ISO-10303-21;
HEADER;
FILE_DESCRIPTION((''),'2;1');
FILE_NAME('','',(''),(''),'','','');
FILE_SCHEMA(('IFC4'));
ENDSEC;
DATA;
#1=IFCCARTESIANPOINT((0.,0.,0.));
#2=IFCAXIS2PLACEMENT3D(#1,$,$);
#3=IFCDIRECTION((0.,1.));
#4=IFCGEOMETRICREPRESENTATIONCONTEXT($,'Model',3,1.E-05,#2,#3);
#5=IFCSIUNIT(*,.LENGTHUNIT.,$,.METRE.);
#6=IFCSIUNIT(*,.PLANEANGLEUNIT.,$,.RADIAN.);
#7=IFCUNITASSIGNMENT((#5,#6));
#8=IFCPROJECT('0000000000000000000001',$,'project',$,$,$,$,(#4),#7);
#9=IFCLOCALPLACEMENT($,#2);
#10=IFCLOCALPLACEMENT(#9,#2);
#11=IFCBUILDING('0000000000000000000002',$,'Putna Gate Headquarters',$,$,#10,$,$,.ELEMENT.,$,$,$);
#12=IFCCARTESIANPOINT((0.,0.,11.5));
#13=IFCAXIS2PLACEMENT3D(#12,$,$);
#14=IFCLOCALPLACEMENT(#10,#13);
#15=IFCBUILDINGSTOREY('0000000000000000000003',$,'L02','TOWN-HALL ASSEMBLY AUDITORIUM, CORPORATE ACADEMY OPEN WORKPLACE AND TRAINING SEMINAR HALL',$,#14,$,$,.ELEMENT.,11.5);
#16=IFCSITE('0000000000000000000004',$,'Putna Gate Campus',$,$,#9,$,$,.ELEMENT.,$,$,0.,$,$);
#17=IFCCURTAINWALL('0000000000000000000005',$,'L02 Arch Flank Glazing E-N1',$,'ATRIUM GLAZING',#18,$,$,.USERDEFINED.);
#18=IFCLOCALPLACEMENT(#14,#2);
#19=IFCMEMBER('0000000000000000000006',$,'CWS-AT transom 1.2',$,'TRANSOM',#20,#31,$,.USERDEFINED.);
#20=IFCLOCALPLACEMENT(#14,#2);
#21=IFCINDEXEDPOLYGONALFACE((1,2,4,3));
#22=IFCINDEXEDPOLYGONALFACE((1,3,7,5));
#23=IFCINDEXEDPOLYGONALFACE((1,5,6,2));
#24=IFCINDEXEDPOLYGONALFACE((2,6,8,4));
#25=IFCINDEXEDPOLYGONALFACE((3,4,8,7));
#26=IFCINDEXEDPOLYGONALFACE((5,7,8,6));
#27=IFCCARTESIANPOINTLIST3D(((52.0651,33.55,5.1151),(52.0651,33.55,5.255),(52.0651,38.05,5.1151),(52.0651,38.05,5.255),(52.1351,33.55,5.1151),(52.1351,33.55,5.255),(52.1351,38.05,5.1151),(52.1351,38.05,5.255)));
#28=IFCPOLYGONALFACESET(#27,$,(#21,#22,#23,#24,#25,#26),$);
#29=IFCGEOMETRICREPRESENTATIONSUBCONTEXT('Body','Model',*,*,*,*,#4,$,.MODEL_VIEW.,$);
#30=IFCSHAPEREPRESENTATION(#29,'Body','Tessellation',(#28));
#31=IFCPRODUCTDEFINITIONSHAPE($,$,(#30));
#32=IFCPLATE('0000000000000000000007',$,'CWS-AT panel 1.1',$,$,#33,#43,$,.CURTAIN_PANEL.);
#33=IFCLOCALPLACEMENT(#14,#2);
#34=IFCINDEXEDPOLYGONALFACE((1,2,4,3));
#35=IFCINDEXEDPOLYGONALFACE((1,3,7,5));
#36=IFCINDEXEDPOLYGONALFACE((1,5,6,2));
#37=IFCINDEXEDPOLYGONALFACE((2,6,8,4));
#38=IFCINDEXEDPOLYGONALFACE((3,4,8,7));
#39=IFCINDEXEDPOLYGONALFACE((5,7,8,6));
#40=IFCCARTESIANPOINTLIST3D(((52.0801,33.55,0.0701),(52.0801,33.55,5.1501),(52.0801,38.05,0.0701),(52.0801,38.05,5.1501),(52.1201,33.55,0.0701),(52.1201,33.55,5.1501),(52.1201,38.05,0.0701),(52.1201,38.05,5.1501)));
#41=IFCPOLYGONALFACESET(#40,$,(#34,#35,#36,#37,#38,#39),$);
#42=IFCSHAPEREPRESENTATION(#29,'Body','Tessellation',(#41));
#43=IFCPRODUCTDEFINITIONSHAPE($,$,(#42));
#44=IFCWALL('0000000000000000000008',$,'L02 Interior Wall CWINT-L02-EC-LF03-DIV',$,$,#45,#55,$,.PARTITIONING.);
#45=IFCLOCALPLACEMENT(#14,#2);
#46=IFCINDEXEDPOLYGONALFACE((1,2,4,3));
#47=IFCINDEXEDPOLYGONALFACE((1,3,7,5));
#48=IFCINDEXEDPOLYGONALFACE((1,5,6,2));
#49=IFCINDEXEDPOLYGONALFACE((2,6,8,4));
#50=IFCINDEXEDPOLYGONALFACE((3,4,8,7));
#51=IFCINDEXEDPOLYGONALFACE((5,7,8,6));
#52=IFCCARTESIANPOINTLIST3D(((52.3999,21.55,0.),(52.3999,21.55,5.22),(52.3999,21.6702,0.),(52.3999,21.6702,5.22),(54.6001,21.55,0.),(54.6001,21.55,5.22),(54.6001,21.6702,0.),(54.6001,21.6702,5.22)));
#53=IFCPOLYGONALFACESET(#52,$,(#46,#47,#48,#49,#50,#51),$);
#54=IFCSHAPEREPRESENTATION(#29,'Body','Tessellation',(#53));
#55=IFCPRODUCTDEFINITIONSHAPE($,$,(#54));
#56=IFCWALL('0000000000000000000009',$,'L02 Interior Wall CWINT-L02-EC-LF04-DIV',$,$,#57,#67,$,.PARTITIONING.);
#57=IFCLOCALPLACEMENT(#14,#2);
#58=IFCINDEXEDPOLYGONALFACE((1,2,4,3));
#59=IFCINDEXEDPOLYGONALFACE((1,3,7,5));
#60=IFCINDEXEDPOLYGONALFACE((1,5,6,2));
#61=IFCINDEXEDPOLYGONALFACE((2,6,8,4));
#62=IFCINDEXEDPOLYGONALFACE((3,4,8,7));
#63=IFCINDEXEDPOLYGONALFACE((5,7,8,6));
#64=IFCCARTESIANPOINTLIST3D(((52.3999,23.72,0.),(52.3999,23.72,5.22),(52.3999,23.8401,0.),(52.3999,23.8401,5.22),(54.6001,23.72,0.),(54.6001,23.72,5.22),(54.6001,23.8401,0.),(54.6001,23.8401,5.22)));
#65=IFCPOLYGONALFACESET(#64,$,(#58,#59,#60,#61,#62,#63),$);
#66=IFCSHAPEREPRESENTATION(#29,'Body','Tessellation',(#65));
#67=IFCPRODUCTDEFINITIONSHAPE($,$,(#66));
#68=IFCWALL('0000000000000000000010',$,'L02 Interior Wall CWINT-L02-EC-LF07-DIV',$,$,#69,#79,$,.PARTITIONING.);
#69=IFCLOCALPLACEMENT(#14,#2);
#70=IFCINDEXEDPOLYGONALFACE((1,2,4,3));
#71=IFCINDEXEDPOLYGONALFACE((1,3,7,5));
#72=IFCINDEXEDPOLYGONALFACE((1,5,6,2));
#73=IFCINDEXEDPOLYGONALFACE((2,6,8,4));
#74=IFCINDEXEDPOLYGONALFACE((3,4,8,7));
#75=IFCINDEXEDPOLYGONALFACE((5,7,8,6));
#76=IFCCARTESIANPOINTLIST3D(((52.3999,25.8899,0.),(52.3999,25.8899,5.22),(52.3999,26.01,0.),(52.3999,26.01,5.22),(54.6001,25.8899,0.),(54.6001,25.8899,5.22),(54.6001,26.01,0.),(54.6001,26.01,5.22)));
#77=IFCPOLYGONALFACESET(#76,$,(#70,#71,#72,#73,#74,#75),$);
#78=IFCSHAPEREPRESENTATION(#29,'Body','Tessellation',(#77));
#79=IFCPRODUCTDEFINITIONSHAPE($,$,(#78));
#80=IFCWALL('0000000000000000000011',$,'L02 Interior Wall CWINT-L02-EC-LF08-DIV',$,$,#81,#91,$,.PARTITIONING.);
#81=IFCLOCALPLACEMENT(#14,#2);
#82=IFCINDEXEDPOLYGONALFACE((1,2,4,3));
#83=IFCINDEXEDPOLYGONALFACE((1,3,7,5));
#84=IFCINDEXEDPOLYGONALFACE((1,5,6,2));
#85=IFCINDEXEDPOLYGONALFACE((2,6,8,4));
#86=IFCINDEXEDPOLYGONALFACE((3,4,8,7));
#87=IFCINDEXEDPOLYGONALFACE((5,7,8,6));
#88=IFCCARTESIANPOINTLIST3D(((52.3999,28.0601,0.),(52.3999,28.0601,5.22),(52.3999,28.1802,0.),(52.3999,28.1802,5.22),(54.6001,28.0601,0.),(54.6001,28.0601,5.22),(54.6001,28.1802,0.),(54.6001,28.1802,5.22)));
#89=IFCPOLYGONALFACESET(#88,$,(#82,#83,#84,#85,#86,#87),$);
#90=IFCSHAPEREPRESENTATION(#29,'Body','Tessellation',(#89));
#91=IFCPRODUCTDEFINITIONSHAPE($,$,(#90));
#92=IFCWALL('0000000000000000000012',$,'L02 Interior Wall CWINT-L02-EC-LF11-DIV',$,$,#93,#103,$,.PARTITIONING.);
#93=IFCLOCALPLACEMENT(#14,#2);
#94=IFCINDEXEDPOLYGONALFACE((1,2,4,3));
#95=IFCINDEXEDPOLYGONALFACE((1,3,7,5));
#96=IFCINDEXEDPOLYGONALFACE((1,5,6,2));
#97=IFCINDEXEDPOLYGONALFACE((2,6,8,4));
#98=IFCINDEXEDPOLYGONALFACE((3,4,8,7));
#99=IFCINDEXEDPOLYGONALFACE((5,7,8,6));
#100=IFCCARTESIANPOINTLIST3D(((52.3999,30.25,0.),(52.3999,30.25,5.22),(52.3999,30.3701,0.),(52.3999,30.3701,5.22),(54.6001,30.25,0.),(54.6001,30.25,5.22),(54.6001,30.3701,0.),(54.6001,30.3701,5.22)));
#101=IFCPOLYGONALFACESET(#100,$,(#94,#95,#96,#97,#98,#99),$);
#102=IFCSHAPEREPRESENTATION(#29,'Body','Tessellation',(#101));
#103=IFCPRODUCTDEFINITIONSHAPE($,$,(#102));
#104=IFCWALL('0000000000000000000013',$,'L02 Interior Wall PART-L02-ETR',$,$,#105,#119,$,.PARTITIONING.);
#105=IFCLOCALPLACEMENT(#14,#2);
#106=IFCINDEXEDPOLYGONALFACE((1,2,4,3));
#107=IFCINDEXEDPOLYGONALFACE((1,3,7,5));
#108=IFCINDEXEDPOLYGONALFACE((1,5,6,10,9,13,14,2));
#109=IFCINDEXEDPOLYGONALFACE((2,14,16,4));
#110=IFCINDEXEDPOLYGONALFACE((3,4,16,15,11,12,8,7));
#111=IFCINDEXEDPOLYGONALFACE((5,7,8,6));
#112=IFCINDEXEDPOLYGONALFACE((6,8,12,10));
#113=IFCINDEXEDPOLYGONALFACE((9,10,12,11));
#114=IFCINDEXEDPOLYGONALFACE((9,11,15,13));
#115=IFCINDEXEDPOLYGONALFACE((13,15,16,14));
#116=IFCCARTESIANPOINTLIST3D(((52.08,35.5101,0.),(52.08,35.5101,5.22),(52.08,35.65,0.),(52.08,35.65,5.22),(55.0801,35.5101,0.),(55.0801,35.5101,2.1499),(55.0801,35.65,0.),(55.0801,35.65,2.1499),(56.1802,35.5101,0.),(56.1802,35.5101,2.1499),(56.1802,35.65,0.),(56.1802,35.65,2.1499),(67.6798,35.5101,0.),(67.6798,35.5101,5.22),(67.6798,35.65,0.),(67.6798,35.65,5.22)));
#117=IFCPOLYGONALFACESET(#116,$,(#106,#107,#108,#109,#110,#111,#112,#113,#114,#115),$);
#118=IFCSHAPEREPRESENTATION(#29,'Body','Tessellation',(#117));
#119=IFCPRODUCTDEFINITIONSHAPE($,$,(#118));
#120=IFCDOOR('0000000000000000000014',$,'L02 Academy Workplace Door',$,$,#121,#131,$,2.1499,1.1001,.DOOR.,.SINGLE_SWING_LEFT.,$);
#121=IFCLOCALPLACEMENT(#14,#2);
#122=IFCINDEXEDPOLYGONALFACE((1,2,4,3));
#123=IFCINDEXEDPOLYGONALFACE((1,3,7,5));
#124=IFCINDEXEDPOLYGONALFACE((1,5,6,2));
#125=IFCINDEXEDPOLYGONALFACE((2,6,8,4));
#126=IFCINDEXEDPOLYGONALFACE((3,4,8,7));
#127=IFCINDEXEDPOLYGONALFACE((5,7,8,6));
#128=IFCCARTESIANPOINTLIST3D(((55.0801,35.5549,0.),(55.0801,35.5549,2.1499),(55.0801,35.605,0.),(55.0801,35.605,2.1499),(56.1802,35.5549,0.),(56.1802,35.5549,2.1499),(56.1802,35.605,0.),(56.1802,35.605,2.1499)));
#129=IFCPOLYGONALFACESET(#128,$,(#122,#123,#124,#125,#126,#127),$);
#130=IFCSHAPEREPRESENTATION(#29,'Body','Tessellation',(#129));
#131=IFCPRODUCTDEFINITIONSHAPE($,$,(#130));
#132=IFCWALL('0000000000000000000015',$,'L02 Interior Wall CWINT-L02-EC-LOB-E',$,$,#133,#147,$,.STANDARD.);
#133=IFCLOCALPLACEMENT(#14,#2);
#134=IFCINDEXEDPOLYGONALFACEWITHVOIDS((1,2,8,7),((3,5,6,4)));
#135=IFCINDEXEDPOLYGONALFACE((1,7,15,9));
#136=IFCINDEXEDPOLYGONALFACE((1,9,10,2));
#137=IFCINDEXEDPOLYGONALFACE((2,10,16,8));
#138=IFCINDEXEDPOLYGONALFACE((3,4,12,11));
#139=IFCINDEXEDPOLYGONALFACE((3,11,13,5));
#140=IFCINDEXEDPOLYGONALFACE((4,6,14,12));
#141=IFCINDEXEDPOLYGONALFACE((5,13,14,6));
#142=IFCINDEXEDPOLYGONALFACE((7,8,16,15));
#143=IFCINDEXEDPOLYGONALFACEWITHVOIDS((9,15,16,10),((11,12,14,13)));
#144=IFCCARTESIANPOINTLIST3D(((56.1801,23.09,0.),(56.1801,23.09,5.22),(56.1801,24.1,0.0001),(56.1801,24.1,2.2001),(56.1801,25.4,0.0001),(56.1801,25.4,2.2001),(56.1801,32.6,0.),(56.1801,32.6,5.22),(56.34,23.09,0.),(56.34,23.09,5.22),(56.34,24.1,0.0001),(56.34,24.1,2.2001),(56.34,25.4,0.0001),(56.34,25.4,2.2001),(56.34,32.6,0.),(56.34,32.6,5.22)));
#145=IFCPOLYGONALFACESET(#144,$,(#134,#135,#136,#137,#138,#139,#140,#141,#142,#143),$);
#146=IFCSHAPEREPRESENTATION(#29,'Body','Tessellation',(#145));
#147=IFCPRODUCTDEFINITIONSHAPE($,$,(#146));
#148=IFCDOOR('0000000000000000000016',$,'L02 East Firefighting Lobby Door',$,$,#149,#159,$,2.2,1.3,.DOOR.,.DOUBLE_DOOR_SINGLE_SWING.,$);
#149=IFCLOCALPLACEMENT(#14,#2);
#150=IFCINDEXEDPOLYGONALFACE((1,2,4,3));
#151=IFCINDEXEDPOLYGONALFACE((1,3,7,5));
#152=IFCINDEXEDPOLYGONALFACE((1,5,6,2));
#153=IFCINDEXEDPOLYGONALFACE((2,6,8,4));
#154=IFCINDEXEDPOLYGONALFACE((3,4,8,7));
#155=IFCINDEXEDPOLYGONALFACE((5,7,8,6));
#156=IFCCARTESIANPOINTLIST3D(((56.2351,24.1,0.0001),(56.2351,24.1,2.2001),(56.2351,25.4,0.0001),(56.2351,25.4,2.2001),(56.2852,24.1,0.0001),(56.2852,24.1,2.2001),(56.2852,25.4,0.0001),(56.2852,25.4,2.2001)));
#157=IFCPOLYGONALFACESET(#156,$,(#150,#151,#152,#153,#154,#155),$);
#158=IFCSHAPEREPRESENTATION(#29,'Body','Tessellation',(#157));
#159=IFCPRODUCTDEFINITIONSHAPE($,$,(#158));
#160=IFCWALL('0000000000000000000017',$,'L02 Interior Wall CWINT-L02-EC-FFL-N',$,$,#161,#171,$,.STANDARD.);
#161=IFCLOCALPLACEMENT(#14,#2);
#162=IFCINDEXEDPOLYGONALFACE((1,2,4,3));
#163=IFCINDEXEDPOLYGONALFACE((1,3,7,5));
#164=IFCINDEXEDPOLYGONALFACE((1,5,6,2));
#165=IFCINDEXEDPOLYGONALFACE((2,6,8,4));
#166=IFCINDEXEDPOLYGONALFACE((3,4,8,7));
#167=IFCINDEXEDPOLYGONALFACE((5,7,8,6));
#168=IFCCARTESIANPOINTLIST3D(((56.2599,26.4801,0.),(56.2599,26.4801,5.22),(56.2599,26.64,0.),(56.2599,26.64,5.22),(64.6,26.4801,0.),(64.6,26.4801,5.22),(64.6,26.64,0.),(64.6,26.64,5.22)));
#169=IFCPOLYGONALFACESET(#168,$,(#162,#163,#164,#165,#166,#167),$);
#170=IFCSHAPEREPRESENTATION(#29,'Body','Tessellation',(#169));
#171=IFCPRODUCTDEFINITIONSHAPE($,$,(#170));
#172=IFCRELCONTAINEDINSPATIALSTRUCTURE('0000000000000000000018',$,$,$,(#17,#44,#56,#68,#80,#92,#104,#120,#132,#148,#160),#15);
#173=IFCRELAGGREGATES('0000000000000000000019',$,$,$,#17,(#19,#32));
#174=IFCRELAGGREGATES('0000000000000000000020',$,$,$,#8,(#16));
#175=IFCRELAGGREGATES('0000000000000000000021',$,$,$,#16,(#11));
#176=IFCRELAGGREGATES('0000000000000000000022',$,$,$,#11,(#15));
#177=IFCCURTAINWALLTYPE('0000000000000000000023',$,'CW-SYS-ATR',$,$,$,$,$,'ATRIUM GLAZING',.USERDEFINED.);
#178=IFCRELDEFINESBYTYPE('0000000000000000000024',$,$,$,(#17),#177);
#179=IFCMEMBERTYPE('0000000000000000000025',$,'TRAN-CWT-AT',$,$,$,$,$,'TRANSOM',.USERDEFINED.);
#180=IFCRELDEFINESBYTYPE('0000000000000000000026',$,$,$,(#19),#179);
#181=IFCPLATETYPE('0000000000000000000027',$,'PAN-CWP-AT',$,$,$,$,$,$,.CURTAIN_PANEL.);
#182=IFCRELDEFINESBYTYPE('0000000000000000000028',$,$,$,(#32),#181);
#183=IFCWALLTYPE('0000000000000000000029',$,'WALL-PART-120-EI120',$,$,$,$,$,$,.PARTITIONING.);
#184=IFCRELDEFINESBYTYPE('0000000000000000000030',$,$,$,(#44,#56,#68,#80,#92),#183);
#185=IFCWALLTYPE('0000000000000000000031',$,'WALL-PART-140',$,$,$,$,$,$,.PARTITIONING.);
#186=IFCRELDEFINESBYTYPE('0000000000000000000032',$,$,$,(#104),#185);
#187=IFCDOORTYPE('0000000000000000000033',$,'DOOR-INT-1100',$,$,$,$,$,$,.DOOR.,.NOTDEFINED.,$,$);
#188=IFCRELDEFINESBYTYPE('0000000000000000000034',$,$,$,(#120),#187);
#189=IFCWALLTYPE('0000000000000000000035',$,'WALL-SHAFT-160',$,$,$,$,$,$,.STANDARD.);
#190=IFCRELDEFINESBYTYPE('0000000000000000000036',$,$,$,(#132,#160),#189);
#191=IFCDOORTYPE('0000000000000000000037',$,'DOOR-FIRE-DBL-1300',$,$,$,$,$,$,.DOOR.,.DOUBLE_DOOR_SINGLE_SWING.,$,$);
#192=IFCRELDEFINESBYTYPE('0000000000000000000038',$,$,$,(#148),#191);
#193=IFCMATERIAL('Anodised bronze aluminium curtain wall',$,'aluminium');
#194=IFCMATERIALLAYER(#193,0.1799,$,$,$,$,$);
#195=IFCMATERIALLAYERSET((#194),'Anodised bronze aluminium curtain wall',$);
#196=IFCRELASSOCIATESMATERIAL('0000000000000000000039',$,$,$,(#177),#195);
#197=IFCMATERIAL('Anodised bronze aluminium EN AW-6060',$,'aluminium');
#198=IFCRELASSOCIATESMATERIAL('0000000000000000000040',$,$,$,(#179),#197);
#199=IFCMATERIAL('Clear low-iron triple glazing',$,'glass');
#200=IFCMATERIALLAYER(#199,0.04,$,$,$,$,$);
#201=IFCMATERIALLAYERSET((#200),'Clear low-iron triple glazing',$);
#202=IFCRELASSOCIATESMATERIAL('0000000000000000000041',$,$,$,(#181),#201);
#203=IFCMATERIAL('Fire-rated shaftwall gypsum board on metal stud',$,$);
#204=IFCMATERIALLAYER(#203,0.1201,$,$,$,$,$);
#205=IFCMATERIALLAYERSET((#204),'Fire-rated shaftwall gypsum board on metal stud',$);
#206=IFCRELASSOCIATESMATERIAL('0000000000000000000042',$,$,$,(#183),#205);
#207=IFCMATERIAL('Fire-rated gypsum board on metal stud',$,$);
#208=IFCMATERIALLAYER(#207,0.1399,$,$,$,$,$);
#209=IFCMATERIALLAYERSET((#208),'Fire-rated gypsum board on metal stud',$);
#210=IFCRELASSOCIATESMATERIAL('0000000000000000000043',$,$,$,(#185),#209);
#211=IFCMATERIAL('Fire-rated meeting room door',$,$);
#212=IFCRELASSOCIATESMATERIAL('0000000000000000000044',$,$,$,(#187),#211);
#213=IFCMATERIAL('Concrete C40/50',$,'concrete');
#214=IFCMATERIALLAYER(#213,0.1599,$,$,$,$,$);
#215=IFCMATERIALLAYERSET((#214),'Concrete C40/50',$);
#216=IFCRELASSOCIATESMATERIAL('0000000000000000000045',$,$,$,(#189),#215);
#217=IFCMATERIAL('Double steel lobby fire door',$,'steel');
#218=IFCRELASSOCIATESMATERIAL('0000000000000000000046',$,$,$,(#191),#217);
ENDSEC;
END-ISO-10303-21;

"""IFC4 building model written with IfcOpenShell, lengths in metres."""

from ifc_helpers import new_model, si_unit, direction, frame, frame_2d, origin, origin_2d, place, context, subcontext, project, spatial, rectangle, extrude, material, layer, layer_set, material_profile, profile_set, type_object, element, fill, aggregate, save


model = new_model("IFC4")

# Units and contexts
model_context = context("Model", 3, precision=1e-05, world=origin(), true_north=direction((0.0, 1.0)))
body_context = subcontext(model_context, "Body", "Model", "MODEL_VIEW")
ifc_project = project(units=[si_unit("LENGTHUNIT", "METRE"), si_unit("PLANEANGLEUNIT", "RADIAN")], contexts=[model_context])

# Site, building, storey
site_placement = place(None, origin())
site = spatial("IfcSite", under=ifc_project, at=site_placement, Name="Putna Gate Campus", CompositionType="ELEMENT", RefElevation=0.0)
building_placement = place(site_placement, origin())
building = spatial("IfcBuilding", under=site, at=building_placement, Name="Putna Gate Headquarters", CompositionType="ELEMENT")
storey_placement = place(building_placement, frame((0.0, 0.0, 11.5)))
storey = spatial("IfcBuildingStorey", under=building, at=storey_placement, Name="L02", Description="TOWN-HALL ASSEMBLY AUDITORIUM, CORPORATE ACADEMY OPEN WORKPLACE AND TRAINING SEMINAR HALL", CompositionType="ELEMENT", Elevation=11.5)

# Curtain wall, member, plate
ifc_material_1 = material(Name="Anodised bronze aluminium curtain wall", Category="aluminium")
ifc_layer_1 = layer(ifc_material_1, 0.1799)
ifc_layer_set_1 = layer_set([ifc_layer_1], Name="Anodised bronze aluminium curtain wall")
curtain_wall_type = type_object("IfcCurtainWallType", Name="CW-SYS-ATR", ElementType="ATRIUM GLAZING", PredefinedType="USERDEFINED", material=ifc_layer_set_1)
curtain_wall_placement = place(storey_placement, origin())
curtain_wall = element("IfcCurtainWall", 1, at=curtain_wall_placement, inside=storey, type_object=curtain_wall_type, Name="L02 Arch Flank Glazing E-N1", ObjectType="ATRIUM GLAZING", PredefinedType="USERDEFINED")
ifc_material_2 = material(Name="Anodised bronze aluminium EN AW-6060", Category="aluminium")
ifc_material_profile_1 = material_profile(ifc_material_2, rectangle(XDim=0.0701, YDim=0.1399, at=origin_2d()), Name="Anodised bronze aluminium EN AW-6060")
ifc_profile_set_1 = profile_set([ifc_material_profile_1], Name="Anodised bronze aluminium EN AW-6060")
member_type_1 = type_object("IfcMemberType", Name="TRAN-CWT-AT", ElementType="TRANSOM", PredefinedType="USERDEFINED", material=ifc_profile_set_1)
member_1_placement = place(storey_placement, frame((52.1001, 33.55, 5.1851), z_axis=(0.0, 1.0, 0.0), x_axis=(-1.0, 0.0, 0.0)))
member_1 = element("IfcMember", 2, at=member_1_placement, type_object=member_type_1, Name="CWS-AT transom 1.2", ObjectType="TRANSOM", PredefinedType="USERDEFINED", context=body_context, shape_type="SweptSolid", body=[
    extrude(rectangle(XDim=0.0701, YDim=0.1399, at=origin_2d()), origin(), (0.0, 0.0, 1.0), 4.5),
])
ifc_material_3 = material(Name="Clear low-iron triple glazing", Category="glass")
ifc_layer_2 = layer(ifc_material_3, 0.04)
ifc_layer_set_2 = layer_set([ifc_layer_2], Name="Clear low-iron triple glazing")
plate_type = type_object("IfcPlateType", Name="PAN-CWP-AT", PredefinedType="CURTAIN_PANEL", material=ifc_layer_set_2)
plate_placement = place(storey_placement, frame((52.1001, 35.8, 0.0701), z_axis=(0.0, 0.0, 1.0), x_axis=(0.0, 1.0, 0.0)))
plate = element("IfcPlate", 3, at=plate_placement, type_object=plate_type, Name="CWS-AT panel 1.1", PredefinedType="CURTAIN_PANEL", context=body_context, shape_type="SweptSolid", body=[
    extrude(rectangle(XDim=4.5, YDim=0.04, at=origin_2d()), origin(), (0.0, 0.0, 1.0), 5.0801),
])
aggregate(curtain_wall, [member_1, plate])

# Walls
ifc_material_4 = material(Name="Fire-rated shaftwall gypsum board on metal stud")
ifc_layer_3 = layer(ifc_material_4, 0.1201)
ifc_layer_set_3 = layer_set([ifc_layer_3], Name="Fire-rated shaftwall gypsum board on metal stud")
wall_type_1 = type_object("IfcWallType", Name="WALL-PART-120-EI120", PredefinedType="PARTITIONING", material=ifc_layer_set_3)
for number, where, z_axis, x_axis, name in (
    (4, (52.3999, 21.6101, 0.0), (0.0, 0.0, 1.0), (1.0, 0.0, 0.0), "L02 Interior Wall CWINT-L02-EC-LF03-DIV"),
    (5, (52.3999, 23.78, 0.0), (0.0, 0.0, 1.0), (1.0, 0.0, 0.0), "L02 Interior Wall CWINT-L02-EC-LF04-DIV"),
    (6, (52.3999, 25.95, 0.0), (0.0, 0.0, 1.0), (1.0, 0.0, 0.0), "L02 Interior Wall CWINT-L02-EC-LF07-DIV"),
    (7, (52.3999, 28.1201, 0.0), (0.0, 0.0, 1.0), (1.0, 0.0, 0.0), "L02 Interior Wall CWINT-L02-EC-LF08-DIV"),
    (8, (52.3999, 30.3101, 0.0), (0.0, 0.0, 1.0), (1.0, 0.0, 0.0), "L02 Interior Wall CWINT-L02-EC-LF11-DIV"),
):
    element("IfcWall", number, at=place(storey_placement, frame(where, z_axis=z_axis, x_axis=x_axis)), inside=storey, type_object=wall_type_1, Name=name, PredefinedType="PARTITIONING", context=body_context, shape_type="SweptSolid", body=[
        extrude(rectangle(XDim=2.2002, YDim=0.1201, at=frame_2d((1.1001, 0.0))), origin(), (0.0, 0.0, 1.0), 5.22),
    ])

# Walls, openings, doors
ifc_material_5 = material(Name="Fire-rated gypsum board on metal stud")
ifc_layer_4 = layer(ifc_material_5, 0.1399)
ifc_layer_set_4 = layer_set([ifc_layer_4], Name="Fire-rated gypsum board on metal stud")
wall_type_2 = type_object("IfcWallType", Name="WALL-PART-140", PredefinedType="PARTITIONING", material=ifc_layer_set_4)
wall_1_placement = place(storey_placement, frame((52.0801, 35.5801, 0.0), z_axis=(0.0, 0.0, 1.0), x_axis=(1.0, 0.0, 0.0)))
wall_1 = element("IfcWall", 9, at=wall_1_placement, inside=storey, type_object=wall_type_2, Name="L02 Interior Wall PART-L02-ETR", PredefinedType="PARTITIONING", context=body_context, shape_type="SweptSolid", body=[
    extrude(rectangle(XDim=15.5999, YDim=0.1399, at=frame_2d((7.7998, 0.0))), origin(), (0.0, 0.0, 1.0), 5.22),
])
opening_1_placement = place(wall_1_placement, frame((3.0, 0.0, 0.0)))
opening_1 = element("IfcOpeningElement", 10, at=opening_1_placement, cuts=wall_1, PredefinedType="OPENING", context=body_context, shape_type="SweptSolid", body=[
    extrude(rectangle(XDim=1.1001, YDim=2.1499, at=frame_2d((0.55, 1.075))), frame((0.0, 0.0798, 0.0), z_axis=(0.0, -1.0, 0.0), x_axis=(1.0, 0.0, 0.0)), (0.0, 0.0, 1.0), 0.1599),
])
ifc_material_6 = material(Name="Fire-rated meeting room door")
door_type_1 = type_object("IfcDoorType", Name="DOOR-INT-1100", OperationType="NOTDEFINED", PredefinedType="DOOR", material=ifc_material_6)
door_1_placement = place(opening_1_placement, origin())
door_1 = element("IfcDoor", 11, at=door_1_placement, inside=storey, type_object=door_type_1, Name="L02 Academy Workplace Door", OperationType="SINGLE_SWING_LEFT", OverallHeight=2.1499, OverallWidth=1.1001, PredefinedType="DOOR", context=body_context, shape_type="SweptSolid", body=[
    extrude(rectangle(XDim=1.1001, YDim=2.1499, at=frame_2d((0.55, 1.075))), frame((0.0, 0.0249, 0.0), z_axis=(0.0, -1.0, 0.0), x_axis=(1.0, 0.0, 0.0)), (0.0, 0.0, 1.0), 0.05),
])
fill(opening_1, door_1)
ifc_material_7 = material(Name="Concrete C40/50", Category="concrete")
ifc_layer_5 = layer(ifc_material_7, 0.1599)
ifc_layer_set_5 = layer_set([ifc_layer_5], Name="Concrete C40/50")
wall_type_3 = type_object("IfcWallType", Name="WALL-SHAFT-160", PredefinedType="STANDARD", material=ifc_layer_set_5)
wall_2_placement = place(storey_placement, frame((56.26, 23.0901, 0.0), z_axis=(0.0, 0.0, 1.0), x_axis=(0.0, 1.0, 0.0)))
wall_2 = element("IfcWall", 12, at=wall_2_placement, inside=storey, type_object=wall_type_3, Name="L02 Interior Wall CWINT-L02-EC-LOB-E", PredefinedType="STANDARD", context=body_context, shape_type="SweptSolid", body=[
    extrude(rectangle(XDim=9.51, YDim=0.1599, at=frame_2d((4.7549, 0.0))), origin(), (0.0, 0.0, 1.0), 5.22),
])
opening_2_placement = place(wall_2_placement, frame((1.01, 0.0, 0.0)))
opening_2 = element("IfcOpeningElement", 13, at=opening_2_placement, cuts=wall_2, PredefinedType="OPENING", context=body_context, shape_type="SweptSolid", body=[
    extrude(rectangle(XDim=1.3, YDim=2.2, at=frame_2d((0.6499, 1.1001))), frame((0.0, 0.0898, 0.0), z_axis=(0.0, -1.0, 0.0), x_axis=(1.0, 0.0, 0.0)), (0.0, 0.0, 1.0), 0.1799),
])
ifc_material_8 = material(Name="Double steel lobby fire door", Category="steel")
door_type_2 = type_object("IfcDoorType", Name="DOOR-FIRE-DBL-1300", OperationType="DOUBLE_DOOR_SINGLE_SWING", PredefinedType="DOOR", material=ifc_material_8)
door_2_placement = place(opening_2_placement, origin())
door_2 = element("IfcDoor", 14, at=door_2_placement, inside=storey, type_object=door_type_2, Name="L02 East Firefighting Lobby Door", OperationType="DOUBLE_DOOR_SINGLE_SWING", OverallHeight=2.2, OverallWidth=1.3, PredefinedType="DOOR", context=body_context, shape_type="SweptSolid", body=[
    extrude(rectangle(XDim=1.3, YDim=2.2, at=frame_2d((0.6499, 1.1001))), frame((0.0, 0.0249, 0.0), z_axis=(0.0, -1.0, 0.0), x_axis=(1.0, 0.0, 0.0)), (0.0, 0.0, 1.0), 0.05),
])
fill(opening_2, door_2)

# Wall
wall_3_placement = place(storey_placement, frame((56.26, 26.5601, 0.0), z_axis=(0.0, 0.0, 1.0), x_axis=(1.0, 0.0, 0.0)))
element("IfcWall", 15, at=wall_3_placement, inside=storey, type_object=wall_type_3, Name="L02 Interior Wall CWINT-L02-EC-FFL-N", PredefinedType="STANDARD", context=body_context, shape_type="SweptSolid", body=[
    extrude(rectangle(XDim=8.3401, YDim=0.1599, at=frame_2d((4.1699, 0.0))), origin(), (0.0, 0.0, 1.0), 5.22),
])

save(model, "model.ifc")
